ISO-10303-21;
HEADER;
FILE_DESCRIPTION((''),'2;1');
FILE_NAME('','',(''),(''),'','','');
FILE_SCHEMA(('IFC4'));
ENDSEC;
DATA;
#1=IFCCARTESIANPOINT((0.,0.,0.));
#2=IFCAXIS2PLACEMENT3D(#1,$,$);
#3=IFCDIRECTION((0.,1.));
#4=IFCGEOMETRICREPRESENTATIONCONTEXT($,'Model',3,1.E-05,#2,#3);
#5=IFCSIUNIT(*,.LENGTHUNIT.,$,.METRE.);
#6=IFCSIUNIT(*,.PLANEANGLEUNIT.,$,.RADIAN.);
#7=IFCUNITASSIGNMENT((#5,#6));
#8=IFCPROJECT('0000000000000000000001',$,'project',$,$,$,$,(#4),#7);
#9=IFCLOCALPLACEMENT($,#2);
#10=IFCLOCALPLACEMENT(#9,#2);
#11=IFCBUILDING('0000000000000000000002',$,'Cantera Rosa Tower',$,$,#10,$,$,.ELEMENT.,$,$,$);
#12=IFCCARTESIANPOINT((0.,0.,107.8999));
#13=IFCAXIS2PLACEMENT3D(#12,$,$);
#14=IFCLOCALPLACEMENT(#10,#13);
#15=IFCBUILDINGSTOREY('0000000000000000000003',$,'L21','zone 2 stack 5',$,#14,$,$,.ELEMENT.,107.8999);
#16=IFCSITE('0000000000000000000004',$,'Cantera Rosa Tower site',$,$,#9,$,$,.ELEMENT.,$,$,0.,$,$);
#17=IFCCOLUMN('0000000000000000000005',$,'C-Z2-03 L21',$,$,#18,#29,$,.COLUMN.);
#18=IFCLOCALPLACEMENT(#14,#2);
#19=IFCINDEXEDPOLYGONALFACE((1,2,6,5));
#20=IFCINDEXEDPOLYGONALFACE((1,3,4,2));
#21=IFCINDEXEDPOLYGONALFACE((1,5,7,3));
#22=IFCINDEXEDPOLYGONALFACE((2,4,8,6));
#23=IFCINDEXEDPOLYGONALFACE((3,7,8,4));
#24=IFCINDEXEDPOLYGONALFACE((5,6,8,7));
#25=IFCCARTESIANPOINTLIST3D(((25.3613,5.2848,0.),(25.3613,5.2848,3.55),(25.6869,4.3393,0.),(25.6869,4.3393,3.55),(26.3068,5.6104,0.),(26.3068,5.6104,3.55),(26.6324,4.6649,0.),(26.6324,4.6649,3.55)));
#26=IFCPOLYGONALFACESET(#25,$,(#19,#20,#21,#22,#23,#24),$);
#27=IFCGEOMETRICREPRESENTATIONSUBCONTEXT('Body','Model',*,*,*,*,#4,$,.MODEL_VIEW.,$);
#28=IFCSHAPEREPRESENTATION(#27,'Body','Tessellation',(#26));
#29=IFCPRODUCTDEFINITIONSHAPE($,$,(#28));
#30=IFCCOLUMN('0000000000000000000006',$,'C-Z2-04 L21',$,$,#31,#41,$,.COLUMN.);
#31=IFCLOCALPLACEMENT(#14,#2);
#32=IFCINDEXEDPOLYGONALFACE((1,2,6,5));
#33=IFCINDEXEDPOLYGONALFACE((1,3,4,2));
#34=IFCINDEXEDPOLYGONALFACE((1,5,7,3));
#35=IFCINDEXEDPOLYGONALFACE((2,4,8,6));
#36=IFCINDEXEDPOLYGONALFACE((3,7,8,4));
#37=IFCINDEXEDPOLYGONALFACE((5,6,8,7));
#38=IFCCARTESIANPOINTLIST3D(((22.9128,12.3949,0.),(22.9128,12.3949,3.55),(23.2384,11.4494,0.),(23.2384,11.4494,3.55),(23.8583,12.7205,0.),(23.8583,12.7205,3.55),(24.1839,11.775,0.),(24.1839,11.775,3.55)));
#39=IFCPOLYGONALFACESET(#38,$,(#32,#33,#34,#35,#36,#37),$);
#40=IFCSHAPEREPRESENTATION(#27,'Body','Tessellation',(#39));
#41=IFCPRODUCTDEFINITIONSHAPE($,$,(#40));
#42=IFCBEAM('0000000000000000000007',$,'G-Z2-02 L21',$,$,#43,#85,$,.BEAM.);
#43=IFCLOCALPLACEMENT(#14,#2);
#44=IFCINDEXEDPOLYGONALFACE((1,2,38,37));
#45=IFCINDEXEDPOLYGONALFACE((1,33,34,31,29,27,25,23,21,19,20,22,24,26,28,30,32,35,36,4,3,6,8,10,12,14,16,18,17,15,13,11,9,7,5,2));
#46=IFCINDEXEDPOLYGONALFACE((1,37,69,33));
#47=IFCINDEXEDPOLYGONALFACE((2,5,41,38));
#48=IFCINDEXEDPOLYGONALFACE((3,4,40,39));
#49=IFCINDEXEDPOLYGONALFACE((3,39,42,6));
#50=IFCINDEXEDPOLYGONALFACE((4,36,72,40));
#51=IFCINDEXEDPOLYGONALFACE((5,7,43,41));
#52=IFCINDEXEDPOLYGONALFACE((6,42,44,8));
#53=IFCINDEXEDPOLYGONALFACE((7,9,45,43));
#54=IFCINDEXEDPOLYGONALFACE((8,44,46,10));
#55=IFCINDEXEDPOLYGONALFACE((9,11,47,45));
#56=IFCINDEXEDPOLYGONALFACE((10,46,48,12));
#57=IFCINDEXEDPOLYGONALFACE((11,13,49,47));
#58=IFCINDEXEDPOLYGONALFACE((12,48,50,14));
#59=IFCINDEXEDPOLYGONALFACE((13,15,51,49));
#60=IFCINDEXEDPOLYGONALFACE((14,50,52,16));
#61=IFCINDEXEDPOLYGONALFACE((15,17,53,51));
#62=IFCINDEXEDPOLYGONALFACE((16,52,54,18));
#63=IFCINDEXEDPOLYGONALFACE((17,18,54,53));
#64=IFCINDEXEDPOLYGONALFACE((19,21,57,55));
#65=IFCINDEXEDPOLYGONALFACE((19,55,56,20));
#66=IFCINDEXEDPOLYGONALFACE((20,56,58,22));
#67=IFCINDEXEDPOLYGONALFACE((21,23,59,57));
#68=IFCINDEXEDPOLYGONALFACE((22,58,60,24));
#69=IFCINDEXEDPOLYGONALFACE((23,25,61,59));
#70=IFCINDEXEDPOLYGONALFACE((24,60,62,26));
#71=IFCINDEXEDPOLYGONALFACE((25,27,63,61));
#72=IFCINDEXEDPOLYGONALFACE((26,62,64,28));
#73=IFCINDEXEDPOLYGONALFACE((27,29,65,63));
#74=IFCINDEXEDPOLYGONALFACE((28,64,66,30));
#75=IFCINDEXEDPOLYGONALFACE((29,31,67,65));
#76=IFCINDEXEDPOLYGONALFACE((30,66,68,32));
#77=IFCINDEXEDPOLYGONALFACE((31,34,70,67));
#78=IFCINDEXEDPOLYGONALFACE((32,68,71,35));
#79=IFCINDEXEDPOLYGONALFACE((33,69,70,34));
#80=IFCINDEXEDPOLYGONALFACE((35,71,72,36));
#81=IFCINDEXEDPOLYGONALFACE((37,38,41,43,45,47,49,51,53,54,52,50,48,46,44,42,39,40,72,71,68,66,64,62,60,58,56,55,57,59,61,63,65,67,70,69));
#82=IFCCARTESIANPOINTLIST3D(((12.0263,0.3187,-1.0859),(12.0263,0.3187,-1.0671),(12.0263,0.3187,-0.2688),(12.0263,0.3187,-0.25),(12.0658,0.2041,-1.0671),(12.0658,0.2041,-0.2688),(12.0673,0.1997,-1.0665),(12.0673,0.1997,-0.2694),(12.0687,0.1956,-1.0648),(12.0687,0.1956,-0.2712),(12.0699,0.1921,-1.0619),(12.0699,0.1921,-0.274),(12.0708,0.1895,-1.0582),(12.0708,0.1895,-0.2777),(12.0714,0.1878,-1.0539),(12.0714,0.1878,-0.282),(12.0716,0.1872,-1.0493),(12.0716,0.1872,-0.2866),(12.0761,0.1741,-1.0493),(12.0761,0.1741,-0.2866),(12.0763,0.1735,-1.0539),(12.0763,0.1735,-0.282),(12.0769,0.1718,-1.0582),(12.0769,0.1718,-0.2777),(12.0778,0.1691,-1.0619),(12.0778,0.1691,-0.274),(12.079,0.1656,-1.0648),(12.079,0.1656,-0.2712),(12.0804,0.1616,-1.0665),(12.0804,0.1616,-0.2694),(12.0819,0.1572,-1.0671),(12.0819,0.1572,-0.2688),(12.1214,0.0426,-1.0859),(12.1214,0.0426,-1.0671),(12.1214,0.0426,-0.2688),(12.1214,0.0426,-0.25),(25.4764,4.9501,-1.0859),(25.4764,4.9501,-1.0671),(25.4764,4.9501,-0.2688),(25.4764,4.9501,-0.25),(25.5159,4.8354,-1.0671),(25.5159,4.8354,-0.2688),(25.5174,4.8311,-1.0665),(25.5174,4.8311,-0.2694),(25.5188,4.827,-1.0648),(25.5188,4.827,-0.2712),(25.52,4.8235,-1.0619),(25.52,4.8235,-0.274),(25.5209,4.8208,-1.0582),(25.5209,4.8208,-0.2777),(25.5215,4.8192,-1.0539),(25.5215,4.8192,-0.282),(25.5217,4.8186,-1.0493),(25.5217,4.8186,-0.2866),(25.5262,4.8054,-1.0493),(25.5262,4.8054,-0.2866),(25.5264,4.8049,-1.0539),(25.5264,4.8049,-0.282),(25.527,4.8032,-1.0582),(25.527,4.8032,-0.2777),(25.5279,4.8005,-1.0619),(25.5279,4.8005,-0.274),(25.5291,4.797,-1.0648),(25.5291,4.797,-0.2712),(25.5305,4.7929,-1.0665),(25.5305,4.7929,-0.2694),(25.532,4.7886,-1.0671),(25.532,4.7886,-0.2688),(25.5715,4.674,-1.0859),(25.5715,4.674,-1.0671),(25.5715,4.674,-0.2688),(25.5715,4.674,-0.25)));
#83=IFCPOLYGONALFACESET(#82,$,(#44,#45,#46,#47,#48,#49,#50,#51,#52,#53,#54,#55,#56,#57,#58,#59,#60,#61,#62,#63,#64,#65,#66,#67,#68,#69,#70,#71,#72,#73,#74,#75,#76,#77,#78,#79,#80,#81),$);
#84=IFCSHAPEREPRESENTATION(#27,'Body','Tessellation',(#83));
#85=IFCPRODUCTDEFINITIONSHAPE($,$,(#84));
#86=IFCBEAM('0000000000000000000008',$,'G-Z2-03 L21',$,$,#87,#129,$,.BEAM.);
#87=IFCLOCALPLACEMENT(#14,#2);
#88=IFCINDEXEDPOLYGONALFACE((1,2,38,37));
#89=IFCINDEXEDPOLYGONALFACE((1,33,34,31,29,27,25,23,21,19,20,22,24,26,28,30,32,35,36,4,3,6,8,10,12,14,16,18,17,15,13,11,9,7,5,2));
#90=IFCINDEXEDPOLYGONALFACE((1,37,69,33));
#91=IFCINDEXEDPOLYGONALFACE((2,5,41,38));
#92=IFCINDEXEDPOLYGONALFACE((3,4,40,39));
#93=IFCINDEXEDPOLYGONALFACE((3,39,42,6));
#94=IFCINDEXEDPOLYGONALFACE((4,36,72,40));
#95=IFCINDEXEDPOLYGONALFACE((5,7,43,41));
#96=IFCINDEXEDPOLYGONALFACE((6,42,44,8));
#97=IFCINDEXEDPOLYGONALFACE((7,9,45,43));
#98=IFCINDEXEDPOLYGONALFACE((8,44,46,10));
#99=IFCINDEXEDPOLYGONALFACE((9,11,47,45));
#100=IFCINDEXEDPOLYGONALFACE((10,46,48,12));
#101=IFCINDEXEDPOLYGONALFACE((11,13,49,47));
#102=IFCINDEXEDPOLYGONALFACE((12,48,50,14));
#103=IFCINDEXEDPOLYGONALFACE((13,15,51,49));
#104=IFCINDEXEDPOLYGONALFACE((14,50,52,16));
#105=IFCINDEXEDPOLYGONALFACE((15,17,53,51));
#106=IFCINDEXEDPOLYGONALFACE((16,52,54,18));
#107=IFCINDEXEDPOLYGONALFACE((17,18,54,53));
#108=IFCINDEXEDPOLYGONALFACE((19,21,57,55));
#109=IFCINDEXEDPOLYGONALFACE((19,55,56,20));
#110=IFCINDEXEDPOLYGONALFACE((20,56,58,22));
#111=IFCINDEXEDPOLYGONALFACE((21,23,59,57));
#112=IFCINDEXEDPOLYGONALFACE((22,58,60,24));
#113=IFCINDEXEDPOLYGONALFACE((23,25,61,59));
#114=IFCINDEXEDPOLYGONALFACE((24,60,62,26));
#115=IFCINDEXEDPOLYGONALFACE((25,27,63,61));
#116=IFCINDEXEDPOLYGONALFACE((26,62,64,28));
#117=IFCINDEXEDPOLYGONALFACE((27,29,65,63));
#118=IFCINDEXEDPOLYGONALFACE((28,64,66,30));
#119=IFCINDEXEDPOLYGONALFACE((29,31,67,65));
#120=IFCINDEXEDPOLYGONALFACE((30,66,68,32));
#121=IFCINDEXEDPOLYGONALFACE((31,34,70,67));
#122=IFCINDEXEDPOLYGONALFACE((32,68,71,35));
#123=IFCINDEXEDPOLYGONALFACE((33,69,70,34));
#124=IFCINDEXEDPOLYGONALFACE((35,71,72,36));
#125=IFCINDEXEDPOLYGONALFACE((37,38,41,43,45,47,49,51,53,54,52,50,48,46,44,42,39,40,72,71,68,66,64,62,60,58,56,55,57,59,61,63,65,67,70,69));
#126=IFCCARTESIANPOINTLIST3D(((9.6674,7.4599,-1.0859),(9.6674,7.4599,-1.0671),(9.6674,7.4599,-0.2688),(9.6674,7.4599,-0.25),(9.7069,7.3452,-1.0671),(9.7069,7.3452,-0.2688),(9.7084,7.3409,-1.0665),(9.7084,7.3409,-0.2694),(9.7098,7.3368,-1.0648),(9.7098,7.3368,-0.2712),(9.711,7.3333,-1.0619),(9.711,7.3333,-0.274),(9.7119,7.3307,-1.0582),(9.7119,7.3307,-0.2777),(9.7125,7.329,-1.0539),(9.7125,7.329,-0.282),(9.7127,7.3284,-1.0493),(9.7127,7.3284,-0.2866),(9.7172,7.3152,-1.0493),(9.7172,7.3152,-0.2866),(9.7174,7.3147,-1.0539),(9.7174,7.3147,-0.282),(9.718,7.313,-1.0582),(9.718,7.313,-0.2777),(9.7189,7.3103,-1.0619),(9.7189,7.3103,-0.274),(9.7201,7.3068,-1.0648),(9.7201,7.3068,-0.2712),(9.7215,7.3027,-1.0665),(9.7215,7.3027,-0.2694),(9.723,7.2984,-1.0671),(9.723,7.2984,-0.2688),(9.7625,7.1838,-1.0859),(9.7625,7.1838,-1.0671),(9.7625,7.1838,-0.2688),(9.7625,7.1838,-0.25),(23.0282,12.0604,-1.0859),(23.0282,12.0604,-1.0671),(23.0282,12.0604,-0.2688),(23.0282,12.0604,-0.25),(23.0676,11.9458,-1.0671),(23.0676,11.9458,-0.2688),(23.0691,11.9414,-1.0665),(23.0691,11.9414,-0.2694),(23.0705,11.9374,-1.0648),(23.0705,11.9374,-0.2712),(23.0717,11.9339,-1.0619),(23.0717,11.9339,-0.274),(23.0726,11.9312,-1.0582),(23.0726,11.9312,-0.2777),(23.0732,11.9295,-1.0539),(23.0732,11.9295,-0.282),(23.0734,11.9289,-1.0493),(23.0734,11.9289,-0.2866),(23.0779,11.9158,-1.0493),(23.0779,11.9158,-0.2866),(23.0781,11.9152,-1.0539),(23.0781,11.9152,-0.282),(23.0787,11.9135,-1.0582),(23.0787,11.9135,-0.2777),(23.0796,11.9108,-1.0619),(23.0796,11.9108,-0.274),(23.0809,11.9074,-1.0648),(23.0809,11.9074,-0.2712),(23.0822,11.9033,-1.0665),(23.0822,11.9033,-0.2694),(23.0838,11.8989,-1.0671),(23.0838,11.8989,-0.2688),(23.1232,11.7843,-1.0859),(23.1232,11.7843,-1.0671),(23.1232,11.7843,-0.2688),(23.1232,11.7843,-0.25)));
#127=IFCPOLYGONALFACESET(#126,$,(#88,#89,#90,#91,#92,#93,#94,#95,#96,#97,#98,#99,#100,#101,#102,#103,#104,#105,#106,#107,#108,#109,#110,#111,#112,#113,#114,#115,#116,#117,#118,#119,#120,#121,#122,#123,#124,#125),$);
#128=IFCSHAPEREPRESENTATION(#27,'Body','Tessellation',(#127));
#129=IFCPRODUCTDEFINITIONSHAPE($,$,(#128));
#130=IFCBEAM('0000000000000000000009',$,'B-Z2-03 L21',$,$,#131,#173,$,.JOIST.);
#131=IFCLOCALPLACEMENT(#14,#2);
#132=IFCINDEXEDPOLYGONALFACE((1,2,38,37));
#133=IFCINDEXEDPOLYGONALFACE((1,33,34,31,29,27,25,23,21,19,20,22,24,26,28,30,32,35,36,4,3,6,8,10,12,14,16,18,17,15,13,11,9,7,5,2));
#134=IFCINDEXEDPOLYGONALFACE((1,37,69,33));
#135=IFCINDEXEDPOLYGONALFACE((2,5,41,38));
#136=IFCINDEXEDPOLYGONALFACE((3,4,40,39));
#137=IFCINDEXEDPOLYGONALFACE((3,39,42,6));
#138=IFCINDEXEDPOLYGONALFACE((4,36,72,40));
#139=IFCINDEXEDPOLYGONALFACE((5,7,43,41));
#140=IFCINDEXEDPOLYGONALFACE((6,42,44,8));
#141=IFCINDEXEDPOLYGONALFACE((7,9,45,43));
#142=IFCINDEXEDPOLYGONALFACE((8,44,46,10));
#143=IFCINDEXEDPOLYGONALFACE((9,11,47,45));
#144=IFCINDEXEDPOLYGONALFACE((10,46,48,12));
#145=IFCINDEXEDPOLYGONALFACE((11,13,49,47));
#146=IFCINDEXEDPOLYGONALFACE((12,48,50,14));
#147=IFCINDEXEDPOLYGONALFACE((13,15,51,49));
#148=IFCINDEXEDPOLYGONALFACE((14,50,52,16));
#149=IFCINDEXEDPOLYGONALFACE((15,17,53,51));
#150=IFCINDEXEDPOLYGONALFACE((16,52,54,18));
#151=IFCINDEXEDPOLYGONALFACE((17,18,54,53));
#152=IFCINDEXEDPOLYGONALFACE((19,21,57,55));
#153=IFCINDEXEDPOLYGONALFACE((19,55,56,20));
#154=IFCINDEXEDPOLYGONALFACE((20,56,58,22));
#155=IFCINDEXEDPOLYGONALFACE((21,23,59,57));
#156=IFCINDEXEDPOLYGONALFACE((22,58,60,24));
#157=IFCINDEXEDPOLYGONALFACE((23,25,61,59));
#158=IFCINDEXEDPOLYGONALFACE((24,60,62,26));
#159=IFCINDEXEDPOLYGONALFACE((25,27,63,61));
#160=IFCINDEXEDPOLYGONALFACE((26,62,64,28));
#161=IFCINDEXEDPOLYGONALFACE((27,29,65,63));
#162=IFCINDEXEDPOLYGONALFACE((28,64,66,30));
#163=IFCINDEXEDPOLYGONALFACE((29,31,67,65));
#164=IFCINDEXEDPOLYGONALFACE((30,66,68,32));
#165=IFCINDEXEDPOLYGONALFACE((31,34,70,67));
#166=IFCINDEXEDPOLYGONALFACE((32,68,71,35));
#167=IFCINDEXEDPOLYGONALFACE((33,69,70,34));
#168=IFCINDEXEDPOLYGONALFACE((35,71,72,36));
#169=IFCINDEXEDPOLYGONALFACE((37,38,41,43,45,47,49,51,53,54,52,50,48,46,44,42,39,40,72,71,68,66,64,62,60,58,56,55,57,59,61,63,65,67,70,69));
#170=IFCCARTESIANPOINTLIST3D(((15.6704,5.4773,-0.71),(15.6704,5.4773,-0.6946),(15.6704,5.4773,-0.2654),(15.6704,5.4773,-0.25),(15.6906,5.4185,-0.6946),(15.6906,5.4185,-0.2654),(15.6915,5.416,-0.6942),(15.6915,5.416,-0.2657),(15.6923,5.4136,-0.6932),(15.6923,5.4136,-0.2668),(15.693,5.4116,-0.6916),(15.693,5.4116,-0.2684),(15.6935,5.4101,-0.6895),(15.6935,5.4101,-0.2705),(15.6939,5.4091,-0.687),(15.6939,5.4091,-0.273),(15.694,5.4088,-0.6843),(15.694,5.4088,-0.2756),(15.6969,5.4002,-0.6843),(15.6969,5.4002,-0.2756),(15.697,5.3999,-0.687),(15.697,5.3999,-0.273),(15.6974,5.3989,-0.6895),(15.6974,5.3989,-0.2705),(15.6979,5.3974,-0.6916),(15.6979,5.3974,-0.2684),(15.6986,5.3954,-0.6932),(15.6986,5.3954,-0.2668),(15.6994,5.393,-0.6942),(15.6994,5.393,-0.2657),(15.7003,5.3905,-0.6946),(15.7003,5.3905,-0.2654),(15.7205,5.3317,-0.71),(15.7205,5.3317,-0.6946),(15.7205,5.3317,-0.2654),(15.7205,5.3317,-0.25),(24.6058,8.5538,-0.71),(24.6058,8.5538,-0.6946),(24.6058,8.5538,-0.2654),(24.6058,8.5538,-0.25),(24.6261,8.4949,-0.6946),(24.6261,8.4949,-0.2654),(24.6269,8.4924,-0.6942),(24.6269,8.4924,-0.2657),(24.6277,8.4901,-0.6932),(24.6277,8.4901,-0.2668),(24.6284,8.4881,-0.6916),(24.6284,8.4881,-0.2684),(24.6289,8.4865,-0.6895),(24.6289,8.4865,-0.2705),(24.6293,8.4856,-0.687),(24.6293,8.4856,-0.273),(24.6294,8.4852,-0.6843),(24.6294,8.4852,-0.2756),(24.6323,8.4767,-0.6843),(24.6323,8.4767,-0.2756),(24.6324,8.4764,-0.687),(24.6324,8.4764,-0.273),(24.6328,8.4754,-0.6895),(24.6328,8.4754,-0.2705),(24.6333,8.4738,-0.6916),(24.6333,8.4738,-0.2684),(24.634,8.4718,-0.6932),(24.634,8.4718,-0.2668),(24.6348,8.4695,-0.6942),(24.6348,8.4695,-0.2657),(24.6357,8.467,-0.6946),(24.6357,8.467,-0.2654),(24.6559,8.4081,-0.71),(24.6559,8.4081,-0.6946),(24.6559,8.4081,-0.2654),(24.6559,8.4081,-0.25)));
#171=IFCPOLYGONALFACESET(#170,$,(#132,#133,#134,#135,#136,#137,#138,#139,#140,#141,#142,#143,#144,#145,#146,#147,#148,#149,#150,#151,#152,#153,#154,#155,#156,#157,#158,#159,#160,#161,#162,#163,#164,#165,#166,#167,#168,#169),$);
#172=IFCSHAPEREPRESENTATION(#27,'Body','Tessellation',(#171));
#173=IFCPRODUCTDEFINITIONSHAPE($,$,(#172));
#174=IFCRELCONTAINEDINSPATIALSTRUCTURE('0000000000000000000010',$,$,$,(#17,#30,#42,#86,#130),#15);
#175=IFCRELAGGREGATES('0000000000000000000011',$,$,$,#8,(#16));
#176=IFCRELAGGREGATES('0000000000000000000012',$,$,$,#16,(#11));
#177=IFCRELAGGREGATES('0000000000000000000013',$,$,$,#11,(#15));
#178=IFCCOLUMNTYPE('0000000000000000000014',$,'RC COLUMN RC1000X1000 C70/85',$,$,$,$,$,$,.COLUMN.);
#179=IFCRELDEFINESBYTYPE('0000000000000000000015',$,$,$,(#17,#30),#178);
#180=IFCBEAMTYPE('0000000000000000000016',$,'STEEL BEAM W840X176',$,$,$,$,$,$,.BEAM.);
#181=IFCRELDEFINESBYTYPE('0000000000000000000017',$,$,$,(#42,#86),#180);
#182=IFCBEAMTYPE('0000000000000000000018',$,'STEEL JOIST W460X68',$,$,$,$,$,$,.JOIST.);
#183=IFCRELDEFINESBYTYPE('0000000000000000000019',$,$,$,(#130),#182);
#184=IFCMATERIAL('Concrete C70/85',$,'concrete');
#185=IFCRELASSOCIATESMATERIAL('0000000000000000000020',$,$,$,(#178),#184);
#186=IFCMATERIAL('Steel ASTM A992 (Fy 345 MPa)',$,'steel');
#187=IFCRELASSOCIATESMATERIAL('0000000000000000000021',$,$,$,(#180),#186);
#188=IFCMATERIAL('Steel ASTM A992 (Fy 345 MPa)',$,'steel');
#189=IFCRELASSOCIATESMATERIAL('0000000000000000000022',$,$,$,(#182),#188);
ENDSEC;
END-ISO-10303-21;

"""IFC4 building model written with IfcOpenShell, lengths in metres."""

from ifc_helpers import new_model, si_unit, direction, frame, origin, origin_2d, place, context, subcontext, project, spatial, rectangle, i_section, extrude, material, material_profile, profile_set, type_object, element, save


model = new_model("IFC4")

# Units and contexts
model_context = context("Model", 3, precision=1e-05, world=origin(), true_north=direction((0.0, 1.0)))
body_context = subcontext(model_context, "Body", "Model", "MODEL_VIEW")
ifc_project = project(units=[si_unit("LENGTHUNIT", "METRE"), si_unit("PLANEANGLEUNIT", "RADIAN")], contexts=[model_context])

# Site, building, storey
site_placement = place(None, origin())
site = spatial("IfcSite", under=ifc_project, at=site_placement, Name="Cantera Rosa Tower site", CompositionType="ELEMENT", RefElevation=0.0)
building_placement = place(site_placement, origin())
building = spatial("IfcBuilding", under=site, at=building_placement, Name="Cantera Rosa Tower", CompositionType="ELEMENT")
storey_placement = place(building_placement, frame((0.0, 0.0, 107.8999)))
storey = spatial("IfcBuildingStorey", under=building, at=storey_placement, Name="L21", Description="zone 2 stack 5", CompositionType="ELEMENT", Elevation=107.8999)

# Columns
ifc_material_1 = material(Name="Concrete C70/85", Category="concrete")
ifc_material_profile_1 = material_profile(ifc_material_1, rectangle(XDim=1.0, YDim=1.0, at=origin_2d()), Name="RC COLUMN RC1000X1000 C70/85")
ifc_profile_set_1 = profile_set([ifc_material_profile_1], Name="Concrete C70/85")
column_type = type_object("IfcColumnType", Name="RC COLUMN RC1000X1000 C70/85", PredefinedType="COLUMN", material=ifc_profile_set_1)
for number, where, z_axis, x_axis, name in (
    (1, (25.9968, 4.9749, 0.0), (0.0, 0.0, 1.0), (0.945519, 0.325568, 0.0), "C-Z2-03 L21"),
    (2, (23.5483, 12.085, 0.0), (0.0, 0.0, 1.0), (0.945519, 0.325568, 0.0), "C-Z2-04 L21"),
):
    element("IfcColumn", number, at=place(storey_placement, frame(where, z_axis=z_axis, x_axis=x_axis)), inside=storey, type_object=column_type, Name=name, PredefinedType="COLUMN", context=body_context, shape_type="SweptSolid", body=[
        extrude(rectangle(XDim=1.0, YDim=1.0, at=origin_2d()), origin(), (0.0, 0.0, 1.0), 3.55),
    ])

# Beams
ifc_material_2 = material(Name="Steel ASTM A992 (Fy 345 MPa)", Category="steel")
ifc_material_profile_2 = material_profile(ifc_material_2, i_section(OverallWidth=0.292, OverallDepth=0.8359, WebThickness=0.0139, FlangeThickness=0.0188, FilletRadius=0.0178, at=origin_2d()), Name="W840X176")
ifc_profile_set_2 = profile_set([ifc_material_profile_2], Name="Steel ASTM A992 (Fy 345 MPa)")
beam_type_1 = type_object("IfcBeamType", Name="STEEL BEAM W840X176", PredefinedType="BEAM", material=ifc_profile_set_2)
beam_1_placement = place(storey_placement, frame((25.5239, 4.812, -0.668), z_axis=(-0.945515, -0.325578, 0.0), x_axis=(0.325578, -0.945515, 0.0)))
element("IfcBeam", 3, at=beam_1_placement, inside=storey, type_object=beam_type_1, Name="G-Z2-02 L21", PredefinedType="BEAM", context=body_context, shape_type="SweptSolid", body=[
    extrude(i_section(OverallWidth=0.292, OverallDepth=0.8359, WebThickness=0.0139, FlangeThickness=0.0188, FilletRadius=0.0178, at=origin_2d()), origin(), (0.0, 0.0, 1.0), 14.2251),
])
beam_2_placement = place(storey_placement, frame((23.0757, 11.9224, -0.668), z_axis=(-0.945517, -0.325573, 0.0), x_axis=(0.325573, -0.945517, 0.0)))
element("IfcBeam", 4, at=beam_2_placement, inside=storey, type_object=beam_type_1, Name="G-Z2-03 L21", PredefinedType="BEAM", context=body_context, shape_type="SweptSolid", body=[
    extrude(i_section(OverallWidth=0.292, OverallDepth=0.8359, WebThickness=0.0139, FlangeThickness=0.0188, FilletRadius=0.0178, at=origin_2d()), origin(), (0.0, 0.0, 1.0), 14.1306),
])
ifc_material_3 = material(Name="Steel ASTM A992 (Fy 345 MPa)", Category="steel")
ifc_material_profile_3 = material_profile(ifc_material_3, i_section(OverallWidth=0.1541, OverallDepth=0.46, WebThickness=0.009, FlangeThickness=0.0154, FilletRadius=0.0103, at=origin_2d()), Name="W460X68")
ifc_profile_set_3 = profile_set([ifc_material_profile_3], Name="Steel ASTM A992 (Fy 345 MPa)")
beam_type_2 = type_object("IfcBeamType", Name="STEEL JOIST W460X68", PredefinedType="JOIST", material=ifc_profile_set_3)
beam_3_placement = place(storey_placement, frame((24.6309, 8.481, -0.48), z_axis=(-0.945527, -0.325544, 0.0), x_axis=(0.325544, -0.945527, 0.0)))
element("IfcBeam", 5, at=beam_3_placement, inside=storey, type_object=beam_type_2, Name="B-Z2-03 L21", PredefinedType="JOIST", context=body_context, shape_type="SweptSolid", body=[
    extrude(i_section(OverallWidth=0.1541, OverallDepth=0.46, WebThickness=0.009, FlangeThickness=0.0154, FilletRadius=0.0103, at=origin_2d()), origin(), (0.0, 0.0, 1.0), 9.4502),
])

save(model, "model.ifc")
